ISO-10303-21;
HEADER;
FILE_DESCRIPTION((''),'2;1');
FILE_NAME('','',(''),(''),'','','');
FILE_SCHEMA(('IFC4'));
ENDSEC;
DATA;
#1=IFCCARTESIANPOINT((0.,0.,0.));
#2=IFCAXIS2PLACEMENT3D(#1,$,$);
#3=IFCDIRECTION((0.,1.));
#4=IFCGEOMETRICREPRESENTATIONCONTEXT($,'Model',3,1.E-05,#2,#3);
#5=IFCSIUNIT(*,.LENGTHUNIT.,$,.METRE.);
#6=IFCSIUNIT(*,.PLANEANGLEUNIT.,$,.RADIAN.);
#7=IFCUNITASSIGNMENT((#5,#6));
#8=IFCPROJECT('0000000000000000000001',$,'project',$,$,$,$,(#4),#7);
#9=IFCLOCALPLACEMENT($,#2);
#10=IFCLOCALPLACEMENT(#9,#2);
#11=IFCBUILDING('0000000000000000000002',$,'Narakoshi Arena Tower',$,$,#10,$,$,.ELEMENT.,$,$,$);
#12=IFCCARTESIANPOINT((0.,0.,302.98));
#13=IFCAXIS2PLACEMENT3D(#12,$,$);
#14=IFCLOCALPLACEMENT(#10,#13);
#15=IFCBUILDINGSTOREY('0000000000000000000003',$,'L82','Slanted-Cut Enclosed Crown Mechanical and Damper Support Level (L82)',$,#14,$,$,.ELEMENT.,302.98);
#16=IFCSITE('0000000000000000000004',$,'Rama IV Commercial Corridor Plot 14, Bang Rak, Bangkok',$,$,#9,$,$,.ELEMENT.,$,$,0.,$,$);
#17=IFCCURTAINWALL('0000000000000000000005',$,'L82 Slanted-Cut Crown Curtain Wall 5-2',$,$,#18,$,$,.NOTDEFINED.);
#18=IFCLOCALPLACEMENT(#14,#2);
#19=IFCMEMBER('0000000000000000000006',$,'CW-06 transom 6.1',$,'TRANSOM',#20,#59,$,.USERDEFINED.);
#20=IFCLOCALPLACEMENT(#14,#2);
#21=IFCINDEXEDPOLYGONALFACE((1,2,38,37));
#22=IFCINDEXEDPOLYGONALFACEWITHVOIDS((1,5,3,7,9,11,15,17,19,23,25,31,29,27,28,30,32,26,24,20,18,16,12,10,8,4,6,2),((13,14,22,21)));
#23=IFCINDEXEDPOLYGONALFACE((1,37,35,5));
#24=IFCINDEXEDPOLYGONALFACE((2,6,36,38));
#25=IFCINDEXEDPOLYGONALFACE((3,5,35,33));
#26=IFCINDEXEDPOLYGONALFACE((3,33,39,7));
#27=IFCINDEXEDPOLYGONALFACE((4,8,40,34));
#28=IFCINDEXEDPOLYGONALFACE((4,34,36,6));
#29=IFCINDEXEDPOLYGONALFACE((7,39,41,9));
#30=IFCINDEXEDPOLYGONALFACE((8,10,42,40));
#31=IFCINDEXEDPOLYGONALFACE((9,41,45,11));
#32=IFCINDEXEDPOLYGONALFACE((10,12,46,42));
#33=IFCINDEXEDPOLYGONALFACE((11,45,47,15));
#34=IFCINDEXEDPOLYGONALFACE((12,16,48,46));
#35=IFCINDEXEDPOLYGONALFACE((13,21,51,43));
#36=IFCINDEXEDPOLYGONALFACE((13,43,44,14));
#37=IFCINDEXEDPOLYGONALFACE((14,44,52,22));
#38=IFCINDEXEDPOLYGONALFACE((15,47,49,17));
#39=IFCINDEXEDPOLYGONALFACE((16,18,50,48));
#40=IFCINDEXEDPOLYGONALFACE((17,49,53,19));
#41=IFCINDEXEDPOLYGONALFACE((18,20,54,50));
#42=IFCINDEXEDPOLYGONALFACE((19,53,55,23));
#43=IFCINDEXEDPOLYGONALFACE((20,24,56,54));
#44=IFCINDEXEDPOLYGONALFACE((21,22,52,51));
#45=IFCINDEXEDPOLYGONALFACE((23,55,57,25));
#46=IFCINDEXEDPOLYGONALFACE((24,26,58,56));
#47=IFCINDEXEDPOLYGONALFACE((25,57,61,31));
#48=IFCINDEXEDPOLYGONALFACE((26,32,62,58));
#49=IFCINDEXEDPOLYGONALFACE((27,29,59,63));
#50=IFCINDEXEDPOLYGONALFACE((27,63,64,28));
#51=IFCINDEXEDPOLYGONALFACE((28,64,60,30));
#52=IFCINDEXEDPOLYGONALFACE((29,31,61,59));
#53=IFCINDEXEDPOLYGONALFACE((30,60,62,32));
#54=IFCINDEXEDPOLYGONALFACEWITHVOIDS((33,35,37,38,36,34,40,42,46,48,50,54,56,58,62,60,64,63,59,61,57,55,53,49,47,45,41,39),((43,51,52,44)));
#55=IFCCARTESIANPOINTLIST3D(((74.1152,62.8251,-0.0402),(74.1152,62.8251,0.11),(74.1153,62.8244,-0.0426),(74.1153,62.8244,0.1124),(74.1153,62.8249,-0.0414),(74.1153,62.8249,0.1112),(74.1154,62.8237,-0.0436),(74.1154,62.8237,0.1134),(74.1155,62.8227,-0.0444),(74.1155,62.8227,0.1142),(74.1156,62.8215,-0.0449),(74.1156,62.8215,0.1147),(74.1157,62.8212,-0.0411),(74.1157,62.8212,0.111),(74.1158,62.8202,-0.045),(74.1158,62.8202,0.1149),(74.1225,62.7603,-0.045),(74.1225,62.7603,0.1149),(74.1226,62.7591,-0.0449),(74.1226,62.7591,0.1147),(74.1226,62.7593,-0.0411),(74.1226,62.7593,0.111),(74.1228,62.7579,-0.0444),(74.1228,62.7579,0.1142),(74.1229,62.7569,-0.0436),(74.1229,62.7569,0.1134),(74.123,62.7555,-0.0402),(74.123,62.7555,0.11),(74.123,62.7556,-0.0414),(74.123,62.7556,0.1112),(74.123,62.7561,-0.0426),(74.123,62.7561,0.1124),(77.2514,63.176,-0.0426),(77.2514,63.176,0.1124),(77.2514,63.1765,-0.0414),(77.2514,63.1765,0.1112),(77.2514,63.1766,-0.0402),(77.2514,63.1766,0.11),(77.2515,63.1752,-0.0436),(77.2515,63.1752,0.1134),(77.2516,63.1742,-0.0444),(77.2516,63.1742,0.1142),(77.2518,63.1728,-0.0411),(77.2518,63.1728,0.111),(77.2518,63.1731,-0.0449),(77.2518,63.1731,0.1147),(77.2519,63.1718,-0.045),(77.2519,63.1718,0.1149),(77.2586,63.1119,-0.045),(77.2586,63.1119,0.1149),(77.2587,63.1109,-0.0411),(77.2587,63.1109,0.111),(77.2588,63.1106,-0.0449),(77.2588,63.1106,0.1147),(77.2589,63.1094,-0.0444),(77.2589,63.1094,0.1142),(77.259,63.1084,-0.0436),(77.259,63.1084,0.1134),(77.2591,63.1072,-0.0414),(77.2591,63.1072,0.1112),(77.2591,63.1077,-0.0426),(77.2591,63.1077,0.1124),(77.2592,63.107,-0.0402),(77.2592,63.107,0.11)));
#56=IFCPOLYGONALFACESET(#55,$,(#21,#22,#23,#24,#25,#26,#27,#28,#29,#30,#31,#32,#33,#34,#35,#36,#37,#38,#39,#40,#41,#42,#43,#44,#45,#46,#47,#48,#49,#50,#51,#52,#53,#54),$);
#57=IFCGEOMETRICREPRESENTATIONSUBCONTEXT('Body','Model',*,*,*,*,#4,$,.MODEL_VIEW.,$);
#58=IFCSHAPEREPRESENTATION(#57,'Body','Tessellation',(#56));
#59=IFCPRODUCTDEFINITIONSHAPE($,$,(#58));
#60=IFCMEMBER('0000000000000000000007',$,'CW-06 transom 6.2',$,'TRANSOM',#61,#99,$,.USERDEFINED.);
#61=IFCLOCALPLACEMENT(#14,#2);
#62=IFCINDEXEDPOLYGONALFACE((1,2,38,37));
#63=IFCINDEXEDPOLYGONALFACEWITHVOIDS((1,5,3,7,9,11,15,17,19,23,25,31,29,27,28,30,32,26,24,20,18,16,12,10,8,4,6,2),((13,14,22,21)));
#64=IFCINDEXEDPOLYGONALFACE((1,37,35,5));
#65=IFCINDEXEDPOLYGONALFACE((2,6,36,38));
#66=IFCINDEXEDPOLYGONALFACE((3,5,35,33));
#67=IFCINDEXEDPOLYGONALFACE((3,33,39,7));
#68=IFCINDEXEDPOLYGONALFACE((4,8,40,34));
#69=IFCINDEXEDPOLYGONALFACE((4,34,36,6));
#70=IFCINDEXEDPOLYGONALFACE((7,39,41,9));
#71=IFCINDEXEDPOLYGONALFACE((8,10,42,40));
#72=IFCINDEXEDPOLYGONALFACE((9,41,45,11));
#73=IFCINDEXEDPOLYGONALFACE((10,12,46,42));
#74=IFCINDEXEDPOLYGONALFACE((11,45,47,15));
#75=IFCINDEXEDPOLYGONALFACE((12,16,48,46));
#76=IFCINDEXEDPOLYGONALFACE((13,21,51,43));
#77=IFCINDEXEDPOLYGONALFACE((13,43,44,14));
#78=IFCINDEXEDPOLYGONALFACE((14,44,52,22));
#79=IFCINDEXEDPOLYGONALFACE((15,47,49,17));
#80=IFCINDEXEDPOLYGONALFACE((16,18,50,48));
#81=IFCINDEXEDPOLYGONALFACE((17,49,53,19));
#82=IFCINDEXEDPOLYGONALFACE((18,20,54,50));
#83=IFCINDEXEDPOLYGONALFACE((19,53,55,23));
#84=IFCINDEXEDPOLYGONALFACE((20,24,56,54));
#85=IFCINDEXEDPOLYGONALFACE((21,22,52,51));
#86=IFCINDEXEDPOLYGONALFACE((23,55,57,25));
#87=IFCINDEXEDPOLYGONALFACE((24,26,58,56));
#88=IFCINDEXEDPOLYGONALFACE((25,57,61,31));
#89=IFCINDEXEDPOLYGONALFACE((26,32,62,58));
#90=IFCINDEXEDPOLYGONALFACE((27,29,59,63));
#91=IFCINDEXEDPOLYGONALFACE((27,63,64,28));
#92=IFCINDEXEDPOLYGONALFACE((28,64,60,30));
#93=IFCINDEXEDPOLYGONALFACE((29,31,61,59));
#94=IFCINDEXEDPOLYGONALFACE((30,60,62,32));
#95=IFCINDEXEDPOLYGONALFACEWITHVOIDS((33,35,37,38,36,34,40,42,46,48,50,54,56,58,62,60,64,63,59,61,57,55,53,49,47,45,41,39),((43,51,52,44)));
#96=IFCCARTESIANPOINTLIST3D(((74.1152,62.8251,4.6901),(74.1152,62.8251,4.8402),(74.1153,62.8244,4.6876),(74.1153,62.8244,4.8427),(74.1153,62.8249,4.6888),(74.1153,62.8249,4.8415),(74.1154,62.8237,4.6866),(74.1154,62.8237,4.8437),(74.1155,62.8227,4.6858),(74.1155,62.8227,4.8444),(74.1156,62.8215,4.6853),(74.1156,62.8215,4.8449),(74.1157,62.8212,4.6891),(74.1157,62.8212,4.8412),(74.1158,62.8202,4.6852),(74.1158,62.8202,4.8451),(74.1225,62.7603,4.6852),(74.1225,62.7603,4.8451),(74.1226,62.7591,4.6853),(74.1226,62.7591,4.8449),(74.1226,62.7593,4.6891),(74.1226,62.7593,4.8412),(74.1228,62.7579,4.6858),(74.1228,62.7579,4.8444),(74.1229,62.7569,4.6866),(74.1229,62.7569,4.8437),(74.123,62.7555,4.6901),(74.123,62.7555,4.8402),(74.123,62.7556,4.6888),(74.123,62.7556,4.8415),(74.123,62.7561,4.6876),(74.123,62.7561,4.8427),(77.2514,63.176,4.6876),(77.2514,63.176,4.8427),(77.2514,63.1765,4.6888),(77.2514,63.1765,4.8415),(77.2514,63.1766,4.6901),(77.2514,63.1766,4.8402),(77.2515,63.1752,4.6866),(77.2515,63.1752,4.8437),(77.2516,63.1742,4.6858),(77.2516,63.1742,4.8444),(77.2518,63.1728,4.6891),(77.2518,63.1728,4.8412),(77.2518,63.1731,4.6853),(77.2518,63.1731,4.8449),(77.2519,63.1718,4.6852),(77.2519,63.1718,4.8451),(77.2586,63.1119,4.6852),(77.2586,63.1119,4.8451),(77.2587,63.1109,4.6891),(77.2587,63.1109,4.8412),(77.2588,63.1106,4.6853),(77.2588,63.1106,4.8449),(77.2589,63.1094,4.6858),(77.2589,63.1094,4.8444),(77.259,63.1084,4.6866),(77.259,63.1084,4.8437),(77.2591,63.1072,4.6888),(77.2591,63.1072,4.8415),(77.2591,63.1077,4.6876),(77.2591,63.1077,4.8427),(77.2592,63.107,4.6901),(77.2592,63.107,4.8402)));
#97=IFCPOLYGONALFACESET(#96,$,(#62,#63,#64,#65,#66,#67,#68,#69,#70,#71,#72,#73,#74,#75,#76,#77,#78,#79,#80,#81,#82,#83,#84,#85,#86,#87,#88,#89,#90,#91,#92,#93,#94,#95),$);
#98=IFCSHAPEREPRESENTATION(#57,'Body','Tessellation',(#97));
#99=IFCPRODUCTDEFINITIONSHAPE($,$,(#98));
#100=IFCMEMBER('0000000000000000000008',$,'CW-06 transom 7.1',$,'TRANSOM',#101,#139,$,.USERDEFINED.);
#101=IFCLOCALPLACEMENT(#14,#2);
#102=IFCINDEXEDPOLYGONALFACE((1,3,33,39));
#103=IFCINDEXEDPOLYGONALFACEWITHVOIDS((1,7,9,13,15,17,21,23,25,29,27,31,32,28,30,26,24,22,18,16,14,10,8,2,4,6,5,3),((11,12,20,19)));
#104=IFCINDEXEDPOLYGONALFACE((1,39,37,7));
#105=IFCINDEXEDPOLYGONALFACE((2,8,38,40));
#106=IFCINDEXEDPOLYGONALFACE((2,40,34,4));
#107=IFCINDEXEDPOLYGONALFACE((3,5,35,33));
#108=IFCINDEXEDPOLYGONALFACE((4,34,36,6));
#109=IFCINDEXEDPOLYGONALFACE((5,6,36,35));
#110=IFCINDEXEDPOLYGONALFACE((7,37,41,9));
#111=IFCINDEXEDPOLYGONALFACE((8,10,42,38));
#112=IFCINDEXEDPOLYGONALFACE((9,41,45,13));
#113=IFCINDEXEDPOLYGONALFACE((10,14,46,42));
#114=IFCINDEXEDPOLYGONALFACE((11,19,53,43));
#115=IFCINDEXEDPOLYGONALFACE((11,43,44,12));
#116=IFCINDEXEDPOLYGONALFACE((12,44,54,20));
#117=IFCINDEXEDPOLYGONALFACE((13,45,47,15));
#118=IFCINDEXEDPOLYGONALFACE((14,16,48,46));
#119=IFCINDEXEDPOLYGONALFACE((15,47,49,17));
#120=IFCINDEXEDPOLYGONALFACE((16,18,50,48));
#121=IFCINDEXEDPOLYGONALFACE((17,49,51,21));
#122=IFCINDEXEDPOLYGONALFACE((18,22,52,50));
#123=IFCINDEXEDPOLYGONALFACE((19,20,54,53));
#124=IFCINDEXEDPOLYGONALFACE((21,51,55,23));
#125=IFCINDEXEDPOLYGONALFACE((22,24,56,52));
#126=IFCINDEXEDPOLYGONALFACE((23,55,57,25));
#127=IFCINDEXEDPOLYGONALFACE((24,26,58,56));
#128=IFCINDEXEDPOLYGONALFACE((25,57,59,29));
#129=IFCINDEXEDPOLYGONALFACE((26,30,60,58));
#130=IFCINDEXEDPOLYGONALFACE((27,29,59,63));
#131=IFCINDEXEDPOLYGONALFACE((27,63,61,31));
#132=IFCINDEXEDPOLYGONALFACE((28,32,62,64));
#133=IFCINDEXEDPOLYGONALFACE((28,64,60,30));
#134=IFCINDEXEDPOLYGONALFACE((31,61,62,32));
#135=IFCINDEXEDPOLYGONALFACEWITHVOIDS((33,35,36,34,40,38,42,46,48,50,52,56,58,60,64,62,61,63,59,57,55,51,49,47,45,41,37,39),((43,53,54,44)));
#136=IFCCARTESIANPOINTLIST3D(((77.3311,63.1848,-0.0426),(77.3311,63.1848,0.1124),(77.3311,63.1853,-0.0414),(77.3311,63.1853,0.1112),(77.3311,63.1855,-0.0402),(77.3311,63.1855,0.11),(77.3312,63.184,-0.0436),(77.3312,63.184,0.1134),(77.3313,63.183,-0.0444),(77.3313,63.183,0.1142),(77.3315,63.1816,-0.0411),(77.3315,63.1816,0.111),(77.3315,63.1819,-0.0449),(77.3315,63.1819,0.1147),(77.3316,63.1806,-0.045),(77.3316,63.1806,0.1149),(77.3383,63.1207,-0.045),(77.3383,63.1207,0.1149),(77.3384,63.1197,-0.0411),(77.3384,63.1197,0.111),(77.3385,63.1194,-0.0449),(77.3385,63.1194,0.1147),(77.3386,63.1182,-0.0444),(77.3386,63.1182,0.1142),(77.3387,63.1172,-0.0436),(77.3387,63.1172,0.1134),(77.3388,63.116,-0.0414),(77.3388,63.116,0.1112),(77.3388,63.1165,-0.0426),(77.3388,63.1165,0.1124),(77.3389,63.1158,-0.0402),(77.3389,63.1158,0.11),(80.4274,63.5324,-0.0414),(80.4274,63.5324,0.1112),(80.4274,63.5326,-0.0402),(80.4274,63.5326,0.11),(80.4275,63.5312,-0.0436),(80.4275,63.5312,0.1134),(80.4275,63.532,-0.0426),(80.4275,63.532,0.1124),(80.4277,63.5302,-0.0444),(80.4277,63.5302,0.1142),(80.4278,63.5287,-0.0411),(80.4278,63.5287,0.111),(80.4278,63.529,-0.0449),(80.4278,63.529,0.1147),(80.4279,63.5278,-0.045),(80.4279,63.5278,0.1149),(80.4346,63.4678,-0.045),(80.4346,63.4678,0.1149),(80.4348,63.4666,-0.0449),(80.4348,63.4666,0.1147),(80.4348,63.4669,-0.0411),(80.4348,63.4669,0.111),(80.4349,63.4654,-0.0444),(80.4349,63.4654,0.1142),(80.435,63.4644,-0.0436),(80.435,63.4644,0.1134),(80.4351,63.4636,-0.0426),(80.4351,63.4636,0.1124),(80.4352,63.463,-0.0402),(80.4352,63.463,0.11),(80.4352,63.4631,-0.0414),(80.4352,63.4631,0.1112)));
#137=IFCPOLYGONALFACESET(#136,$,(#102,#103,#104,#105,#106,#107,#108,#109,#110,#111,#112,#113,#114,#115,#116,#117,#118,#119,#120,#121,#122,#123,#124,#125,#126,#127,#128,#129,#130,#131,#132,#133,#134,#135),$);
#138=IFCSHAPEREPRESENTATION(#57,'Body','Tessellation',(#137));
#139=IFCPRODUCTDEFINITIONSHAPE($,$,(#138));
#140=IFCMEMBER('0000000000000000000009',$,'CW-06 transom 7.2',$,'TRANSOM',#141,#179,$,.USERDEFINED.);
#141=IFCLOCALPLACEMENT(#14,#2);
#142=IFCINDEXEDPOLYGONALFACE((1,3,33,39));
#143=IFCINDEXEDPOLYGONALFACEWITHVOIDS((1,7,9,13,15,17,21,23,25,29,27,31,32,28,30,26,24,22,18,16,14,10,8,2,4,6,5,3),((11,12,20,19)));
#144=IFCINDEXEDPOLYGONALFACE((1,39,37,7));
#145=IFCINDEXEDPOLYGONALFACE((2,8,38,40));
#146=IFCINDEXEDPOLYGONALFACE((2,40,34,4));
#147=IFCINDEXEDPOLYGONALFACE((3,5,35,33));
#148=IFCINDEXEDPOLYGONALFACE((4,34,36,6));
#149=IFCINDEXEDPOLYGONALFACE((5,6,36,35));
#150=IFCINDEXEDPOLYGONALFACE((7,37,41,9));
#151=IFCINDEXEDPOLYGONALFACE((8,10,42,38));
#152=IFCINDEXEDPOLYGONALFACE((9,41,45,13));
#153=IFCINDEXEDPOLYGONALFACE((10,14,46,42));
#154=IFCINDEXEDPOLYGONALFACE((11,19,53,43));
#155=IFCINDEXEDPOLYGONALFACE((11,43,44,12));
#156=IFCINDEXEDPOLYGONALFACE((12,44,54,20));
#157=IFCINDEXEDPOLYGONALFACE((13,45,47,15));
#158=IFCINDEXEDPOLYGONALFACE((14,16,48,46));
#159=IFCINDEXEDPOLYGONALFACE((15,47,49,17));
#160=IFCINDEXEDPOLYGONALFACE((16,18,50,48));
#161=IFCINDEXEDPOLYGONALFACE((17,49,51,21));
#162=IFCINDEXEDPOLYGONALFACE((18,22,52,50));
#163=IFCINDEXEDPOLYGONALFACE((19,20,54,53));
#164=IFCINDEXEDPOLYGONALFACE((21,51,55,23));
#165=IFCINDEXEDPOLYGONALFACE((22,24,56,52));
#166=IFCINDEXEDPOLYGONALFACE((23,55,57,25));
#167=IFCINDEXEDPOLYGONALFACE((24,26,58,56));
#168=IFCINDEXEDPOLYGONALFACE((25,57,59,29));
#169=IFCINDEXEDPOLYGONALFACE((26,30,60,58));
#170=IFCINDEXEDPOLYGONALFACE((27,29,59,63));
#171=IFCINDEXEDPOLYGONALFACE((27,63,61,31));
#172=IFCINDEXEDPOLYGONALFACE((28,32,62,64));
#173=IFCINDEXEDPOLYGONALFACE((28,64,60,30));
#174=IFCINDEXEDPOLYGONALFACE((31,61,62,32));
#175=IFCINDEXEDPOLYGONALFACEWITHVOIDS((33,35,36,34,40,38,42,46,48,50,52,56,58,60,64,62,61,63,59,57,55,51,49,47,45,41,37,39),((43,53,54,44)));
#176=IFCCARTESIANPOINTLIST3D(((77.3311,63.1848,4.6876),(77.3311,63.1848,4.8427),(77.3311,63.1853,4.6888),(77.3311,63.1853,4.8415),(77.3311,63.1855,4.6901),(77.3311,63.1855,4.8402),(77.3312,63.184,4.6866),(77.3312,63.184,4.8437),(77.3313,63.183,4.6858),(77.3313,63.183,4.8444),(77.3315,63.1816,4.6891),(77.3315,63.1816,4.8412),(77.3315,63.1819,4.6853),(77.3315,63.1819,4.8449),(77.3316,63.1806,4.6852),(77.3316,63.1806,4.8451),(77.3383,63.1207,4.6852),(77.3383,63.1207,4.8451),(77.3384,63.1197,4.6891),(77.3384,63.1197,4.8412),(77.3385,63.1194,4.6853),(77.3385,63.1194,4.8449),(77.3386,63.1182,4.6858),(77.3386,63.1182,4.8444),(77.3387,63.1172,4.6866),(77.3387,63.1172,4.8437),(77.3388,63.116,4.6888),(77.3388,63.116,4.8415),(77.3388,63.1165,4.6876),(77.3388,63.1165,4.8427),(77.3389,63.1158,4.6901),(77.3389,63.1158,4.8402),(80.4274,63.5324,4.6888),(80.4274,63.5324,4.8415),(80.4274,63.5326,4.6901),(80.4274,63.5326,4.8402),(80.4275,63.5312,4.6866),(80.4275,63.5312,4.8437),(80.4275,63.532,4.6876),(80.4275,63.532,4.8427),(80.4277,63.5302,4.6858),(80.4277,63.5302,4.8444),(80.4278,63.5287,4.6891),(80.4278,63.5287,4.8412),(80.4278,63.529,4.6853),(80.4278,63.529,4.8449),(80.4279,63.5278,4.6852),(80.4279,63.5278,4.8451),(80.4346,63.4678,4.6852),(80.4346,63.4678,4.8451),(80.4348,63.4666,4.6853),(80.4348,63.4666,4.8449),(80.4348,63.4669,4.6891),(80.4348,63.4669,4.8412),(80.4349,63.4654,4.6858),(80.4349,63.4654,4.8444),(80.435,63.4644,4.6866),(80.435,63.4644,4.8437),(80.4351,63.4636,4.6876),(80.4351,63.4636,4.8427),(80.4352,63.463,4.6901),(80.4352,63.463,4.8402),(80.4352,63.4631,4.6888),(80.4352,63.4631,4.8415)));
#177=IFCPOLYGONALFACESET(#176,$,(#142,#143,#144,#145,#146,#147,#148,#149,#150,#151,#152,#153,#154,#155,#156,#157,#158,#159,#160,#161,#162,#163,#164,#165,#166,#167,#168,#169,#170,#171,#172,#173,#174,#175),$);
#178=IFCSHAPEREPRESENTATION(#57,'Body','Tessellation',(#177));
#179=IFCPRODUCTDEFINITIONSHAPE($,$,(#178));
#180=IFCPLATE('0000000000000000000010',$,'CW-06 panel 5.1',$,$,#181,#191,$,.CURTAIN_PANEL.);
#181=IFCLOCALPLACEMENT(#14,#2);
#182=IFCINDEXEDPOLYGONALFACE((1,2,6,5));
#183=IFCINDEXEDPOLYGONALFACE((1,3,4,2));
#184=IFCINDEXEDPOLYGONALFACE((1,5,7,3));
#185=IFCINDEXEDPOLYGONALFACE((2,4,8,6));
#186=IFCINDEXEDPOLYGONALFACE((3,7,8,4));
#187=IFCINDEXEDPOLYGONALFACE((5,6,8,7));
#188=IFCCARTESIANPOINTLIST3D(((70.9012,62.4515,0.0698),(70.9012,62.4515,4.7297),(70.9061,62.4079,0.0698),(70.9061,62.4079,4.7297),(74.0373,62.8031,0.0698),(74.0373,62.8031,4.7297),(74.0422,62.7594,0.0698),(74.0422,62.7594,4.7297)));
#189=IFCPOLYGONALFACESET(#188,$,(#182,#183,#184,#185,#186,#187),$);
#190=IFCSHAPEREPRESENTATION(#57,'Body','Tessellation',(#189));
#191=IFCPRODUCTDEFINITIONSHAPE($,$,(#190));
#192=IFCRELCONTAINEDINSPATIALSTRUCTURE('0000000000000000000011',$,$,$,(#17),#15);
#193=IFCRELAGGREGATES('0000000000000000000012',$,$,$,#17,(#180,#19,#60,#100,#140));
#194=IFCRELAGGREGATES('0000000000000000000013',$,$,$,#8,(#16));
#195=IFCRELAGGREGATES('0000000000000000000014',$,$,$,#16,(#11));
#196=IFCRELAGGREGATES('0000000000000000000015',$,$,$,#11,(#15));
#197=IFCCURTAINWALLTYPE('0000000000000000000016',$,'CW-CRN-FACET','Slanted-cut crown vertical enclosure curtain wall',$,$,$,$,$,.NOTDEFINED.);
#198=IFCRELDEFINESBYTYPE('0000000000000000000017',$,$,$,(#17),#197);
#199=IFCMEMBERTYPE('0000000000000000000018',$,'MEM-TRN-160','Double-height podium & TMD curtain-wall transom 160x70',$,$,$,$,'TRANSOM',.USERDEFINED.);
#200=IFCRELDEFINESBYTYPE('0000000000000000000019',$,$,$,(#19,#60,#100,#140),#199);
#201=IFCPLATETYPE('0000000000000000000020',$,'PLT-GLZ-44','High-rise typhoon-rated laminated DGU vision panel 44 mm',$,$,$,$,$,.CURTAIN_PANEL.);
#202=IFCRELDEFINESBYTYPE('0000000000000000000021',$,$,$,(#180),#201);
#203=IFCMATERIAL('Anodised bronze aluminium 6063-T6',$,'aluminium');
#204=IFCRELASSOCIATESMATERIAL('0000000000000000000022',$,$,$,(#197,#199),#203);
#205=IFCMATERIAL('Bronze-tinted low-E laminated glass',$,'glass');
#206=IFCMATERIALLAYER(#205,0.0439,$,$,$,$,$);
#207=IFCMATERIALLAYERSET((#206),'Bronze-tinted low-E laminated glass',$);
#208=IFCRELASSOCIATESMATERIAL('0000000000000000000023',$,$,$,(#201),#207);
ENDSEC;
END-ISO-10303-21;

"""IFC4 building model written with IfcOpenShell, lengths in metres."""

from ifc_helpers import new_model, si_unit, direction, frame, origin, origin_2d, place, context, subcontext, project, spatial, rectangle, hollow_rectangle, extrude, material, layer, layer_set, material_profile, profile_set, type_object, element, aggregate, save


model = new_model("IFC4")

# Units and contexts
model_context = context("Model", 3, precision=1e-05, world=origin(), true_north=direction((0.0, 1.0)))
body_context = subcontext(model_context, "Body", "Model", "MODEL_VIEW")
ifc_project = project(units=[si_unit("LENGTHUNIT", "METRE"), si_unit("PLANEANGLEUNIT", "RADIAN")], contexts=[model_context])

# Site, building, storey
site_placement = place(None, origin())
site = spatial("IfcSite", under=ifc_project, at=site_placement, Name="Rama IV Commercial Corridor Plot 14, Bang Rak, Bangkok", CompositionType="ELEMENT", RefElevation=0.0)
building_placement = place(site_placement, origin())
building = spatial("IfcBuilding", under=site, at=building_placement, Name="Narakoshi Arena Tower", CompositionType="ELEMENT")
storey_placement = place(building_placement, frame((0.0, 0.0, 302.98)))
storey = spatial("IfcBuildingStorey", under=building, at=storey_placement, Name="L82", Description="Slanted-Cut Enclosed Crown Mechanical and Damper Support Level (L82)", CompositionType="ELEMENT", Elevation=302.98)

# Curtain wall, members, plate
ifc_material_1 = material(Name="Anodised bronze aluminium 6063-T6", Category="aluminium")
curtain_wall_type = type_object("IfcCurtainWallType", Name="CW-CRN-FACET", Description="Slanted-cut crown vertical enclosure curtain wall", PredefinedType="NOTDEFINED", material=ifc_material_1)
curtain_wall_placement = place(storey_placement, origin())
curtain_wall = element("IfcCurtainWall", 1, at=curtain_wall_placement, inside=storey, type_object=curtain_wall_type, Name="L82 Slanted-Cut Crown Curtain Wall 5-2", PredefinedType="NOTDEFINED")
ifc_material_profile_1 = material_profile(ifc_material_1, hollow_rectangle(XDim=0.0701, YDim=0.1599, WallThickness=0.0039, OuterFilletRadius=0.0049, at=origin_2d()), Name="TRN160x70x4")
ifc_profile_set_1 = profile_set([ifc_material_profile_1], Name="Anodised bronze aluminium 6063-T6")
member_type_1 = type_object("IfcMemberType", Name="MEM-TRN-160", Description="Double-height podium & TMD curtain-wall transom 160x70", ElementType="TRANSOM", PredefinedType="USERDEFINED", material=ifc_profile_set_1)
member_1_placement = place(storey_placement, frame((74.1191, 62.7903, 0.0349), z_axis=(0.993776, 0.111399, 0.0), x_axis=(-0.111399, 0.993776, 0.0)))
member_1 = element("IfcMember", 2, at=member_1_placement, type_object=member_type_1, Name="CW-06 transom 6.1", ObjectType="TRANSOM", PredefinedType="USERDEFINED", context=body_context, shape_type="SweptSolid", body=[
    extrude(hollow_rectangle(XDim=0.0701, YDim=0.1599, WallThickness=0.0039, OuterFilletRadius=0.0049, at=origin_2d()), origin(), (0.0, 0.0, 1.0), 3.1558),
])
member_2_placement = place(storey_placement, frame((74.1191, 62.7903, 4.7651), z_axis=(0.993776, 0.111399, 0.0), x_axis=(-0.111399, 0.993776, 0.0)))
member_2 = element("IfcMember", 3, at=member_2_placement, type_object=member_type_1, Name="CW-06 transom 6.2", ObjectType="TRANSOM", PredefinedType="USERDEFINED", context=body_context, shape_type="SweptSolid", body=[
    extrude(hollow_rectangle(XDim=0.0701, YDim=0.1599, WallThickness=0.0039, OuterFilletRadius=0.0049, at=origin_2d()), origin(), (0.0, 0.0, 1.0), 3.1558),
])
member_3_placement = place(storey_placement, frame((77.335, 63.1506, 0.0349), z_axis=(0.993773, 0.11142, 0.0), x_axis=(-0.11142, 0.993773, 0.0)))
member_3 = element("IfcMember", 4, at=member_3_placement, type_object=member_type_1, Name="CW-06 transom 7.1", ObjectType="TRANSOM", PredefinedType="USERDEFINED", context=body_context, shape_type="SweptSolid", body=[
    extrude(hollow_rectangle(XDim=0.0701, YDim=0.1599, WallThickness=0.0039, OuterFilletRadius=0.0049, at=origin_2d()), origin(), (0.0, 0.0, 1.0), 3.1157),
])
member_4_placement = place(storey_placement, frame((77.335, 63.1506, 4.7651), z_axis=(0.993773, 0.11142, 0.0), x_axis=(-0.11142, 0.993773, 0.0)))
member_4 = element("IfcMember", 5, at=member_4_placement, type_object=member_type_1, Name="CW-06 transom 7.2", ObjectType="TRANSOM", PredefinedType="USERDEFINED", context=body_context, shape_type="SweptSolid", body=[
    extrude(hollow_rectangle(XDim=0.0701, YDim=0.1599, WallThickness=0.0039, OuterFilletRadius=0.0049, at=origin_2d()), origin(), (0.0, 0.0, 1.0), 3.1157),
])
ifc_material_2 = material(Name="Bronze-tinted low-E laminated glass", Category="glass")
ifc_layer_1 = layer(ifc_material_2, 0.0439)
ifc_layer_set_1 = layer_set([ifc_layer_1], Name="Bronze-tinted low-E laminated glass")
plate_type = type_object("IfcPlateType", Name="PLT-GLZ-44", Description="High-rise typhoon-rated laminated DGU vision panel 44 mm", PredefinedType="CURTAIN_PANEL", material=ifc_layer_set_1)
plate_1_placement = place(storey_placement, frame((72.4717, 62.6055, 0.0698), z_axis=(0.0, 0.0, 1.0), x_axis=(0.993776, 0.111395, 0.0)))
plate_1 = element("IfcPlate", 6, at=plate_1_placement, type_object=plate_type, Name="CW-06 panel 5.1", PredefinedType="CURTAIN_PANEL", context=body_context, shape_type="SweptSolid", body=[
    extrude(rectangle(XDim=3.1558, YDim=0.0439, at=origin_2d()), origin(), (0.0, 0.0, 1.0), 4.6599),
])
aggregate(curtain_wall, [plate_1, member_1, member_2, member_3, member_4])

save(model, "model.ifc")
